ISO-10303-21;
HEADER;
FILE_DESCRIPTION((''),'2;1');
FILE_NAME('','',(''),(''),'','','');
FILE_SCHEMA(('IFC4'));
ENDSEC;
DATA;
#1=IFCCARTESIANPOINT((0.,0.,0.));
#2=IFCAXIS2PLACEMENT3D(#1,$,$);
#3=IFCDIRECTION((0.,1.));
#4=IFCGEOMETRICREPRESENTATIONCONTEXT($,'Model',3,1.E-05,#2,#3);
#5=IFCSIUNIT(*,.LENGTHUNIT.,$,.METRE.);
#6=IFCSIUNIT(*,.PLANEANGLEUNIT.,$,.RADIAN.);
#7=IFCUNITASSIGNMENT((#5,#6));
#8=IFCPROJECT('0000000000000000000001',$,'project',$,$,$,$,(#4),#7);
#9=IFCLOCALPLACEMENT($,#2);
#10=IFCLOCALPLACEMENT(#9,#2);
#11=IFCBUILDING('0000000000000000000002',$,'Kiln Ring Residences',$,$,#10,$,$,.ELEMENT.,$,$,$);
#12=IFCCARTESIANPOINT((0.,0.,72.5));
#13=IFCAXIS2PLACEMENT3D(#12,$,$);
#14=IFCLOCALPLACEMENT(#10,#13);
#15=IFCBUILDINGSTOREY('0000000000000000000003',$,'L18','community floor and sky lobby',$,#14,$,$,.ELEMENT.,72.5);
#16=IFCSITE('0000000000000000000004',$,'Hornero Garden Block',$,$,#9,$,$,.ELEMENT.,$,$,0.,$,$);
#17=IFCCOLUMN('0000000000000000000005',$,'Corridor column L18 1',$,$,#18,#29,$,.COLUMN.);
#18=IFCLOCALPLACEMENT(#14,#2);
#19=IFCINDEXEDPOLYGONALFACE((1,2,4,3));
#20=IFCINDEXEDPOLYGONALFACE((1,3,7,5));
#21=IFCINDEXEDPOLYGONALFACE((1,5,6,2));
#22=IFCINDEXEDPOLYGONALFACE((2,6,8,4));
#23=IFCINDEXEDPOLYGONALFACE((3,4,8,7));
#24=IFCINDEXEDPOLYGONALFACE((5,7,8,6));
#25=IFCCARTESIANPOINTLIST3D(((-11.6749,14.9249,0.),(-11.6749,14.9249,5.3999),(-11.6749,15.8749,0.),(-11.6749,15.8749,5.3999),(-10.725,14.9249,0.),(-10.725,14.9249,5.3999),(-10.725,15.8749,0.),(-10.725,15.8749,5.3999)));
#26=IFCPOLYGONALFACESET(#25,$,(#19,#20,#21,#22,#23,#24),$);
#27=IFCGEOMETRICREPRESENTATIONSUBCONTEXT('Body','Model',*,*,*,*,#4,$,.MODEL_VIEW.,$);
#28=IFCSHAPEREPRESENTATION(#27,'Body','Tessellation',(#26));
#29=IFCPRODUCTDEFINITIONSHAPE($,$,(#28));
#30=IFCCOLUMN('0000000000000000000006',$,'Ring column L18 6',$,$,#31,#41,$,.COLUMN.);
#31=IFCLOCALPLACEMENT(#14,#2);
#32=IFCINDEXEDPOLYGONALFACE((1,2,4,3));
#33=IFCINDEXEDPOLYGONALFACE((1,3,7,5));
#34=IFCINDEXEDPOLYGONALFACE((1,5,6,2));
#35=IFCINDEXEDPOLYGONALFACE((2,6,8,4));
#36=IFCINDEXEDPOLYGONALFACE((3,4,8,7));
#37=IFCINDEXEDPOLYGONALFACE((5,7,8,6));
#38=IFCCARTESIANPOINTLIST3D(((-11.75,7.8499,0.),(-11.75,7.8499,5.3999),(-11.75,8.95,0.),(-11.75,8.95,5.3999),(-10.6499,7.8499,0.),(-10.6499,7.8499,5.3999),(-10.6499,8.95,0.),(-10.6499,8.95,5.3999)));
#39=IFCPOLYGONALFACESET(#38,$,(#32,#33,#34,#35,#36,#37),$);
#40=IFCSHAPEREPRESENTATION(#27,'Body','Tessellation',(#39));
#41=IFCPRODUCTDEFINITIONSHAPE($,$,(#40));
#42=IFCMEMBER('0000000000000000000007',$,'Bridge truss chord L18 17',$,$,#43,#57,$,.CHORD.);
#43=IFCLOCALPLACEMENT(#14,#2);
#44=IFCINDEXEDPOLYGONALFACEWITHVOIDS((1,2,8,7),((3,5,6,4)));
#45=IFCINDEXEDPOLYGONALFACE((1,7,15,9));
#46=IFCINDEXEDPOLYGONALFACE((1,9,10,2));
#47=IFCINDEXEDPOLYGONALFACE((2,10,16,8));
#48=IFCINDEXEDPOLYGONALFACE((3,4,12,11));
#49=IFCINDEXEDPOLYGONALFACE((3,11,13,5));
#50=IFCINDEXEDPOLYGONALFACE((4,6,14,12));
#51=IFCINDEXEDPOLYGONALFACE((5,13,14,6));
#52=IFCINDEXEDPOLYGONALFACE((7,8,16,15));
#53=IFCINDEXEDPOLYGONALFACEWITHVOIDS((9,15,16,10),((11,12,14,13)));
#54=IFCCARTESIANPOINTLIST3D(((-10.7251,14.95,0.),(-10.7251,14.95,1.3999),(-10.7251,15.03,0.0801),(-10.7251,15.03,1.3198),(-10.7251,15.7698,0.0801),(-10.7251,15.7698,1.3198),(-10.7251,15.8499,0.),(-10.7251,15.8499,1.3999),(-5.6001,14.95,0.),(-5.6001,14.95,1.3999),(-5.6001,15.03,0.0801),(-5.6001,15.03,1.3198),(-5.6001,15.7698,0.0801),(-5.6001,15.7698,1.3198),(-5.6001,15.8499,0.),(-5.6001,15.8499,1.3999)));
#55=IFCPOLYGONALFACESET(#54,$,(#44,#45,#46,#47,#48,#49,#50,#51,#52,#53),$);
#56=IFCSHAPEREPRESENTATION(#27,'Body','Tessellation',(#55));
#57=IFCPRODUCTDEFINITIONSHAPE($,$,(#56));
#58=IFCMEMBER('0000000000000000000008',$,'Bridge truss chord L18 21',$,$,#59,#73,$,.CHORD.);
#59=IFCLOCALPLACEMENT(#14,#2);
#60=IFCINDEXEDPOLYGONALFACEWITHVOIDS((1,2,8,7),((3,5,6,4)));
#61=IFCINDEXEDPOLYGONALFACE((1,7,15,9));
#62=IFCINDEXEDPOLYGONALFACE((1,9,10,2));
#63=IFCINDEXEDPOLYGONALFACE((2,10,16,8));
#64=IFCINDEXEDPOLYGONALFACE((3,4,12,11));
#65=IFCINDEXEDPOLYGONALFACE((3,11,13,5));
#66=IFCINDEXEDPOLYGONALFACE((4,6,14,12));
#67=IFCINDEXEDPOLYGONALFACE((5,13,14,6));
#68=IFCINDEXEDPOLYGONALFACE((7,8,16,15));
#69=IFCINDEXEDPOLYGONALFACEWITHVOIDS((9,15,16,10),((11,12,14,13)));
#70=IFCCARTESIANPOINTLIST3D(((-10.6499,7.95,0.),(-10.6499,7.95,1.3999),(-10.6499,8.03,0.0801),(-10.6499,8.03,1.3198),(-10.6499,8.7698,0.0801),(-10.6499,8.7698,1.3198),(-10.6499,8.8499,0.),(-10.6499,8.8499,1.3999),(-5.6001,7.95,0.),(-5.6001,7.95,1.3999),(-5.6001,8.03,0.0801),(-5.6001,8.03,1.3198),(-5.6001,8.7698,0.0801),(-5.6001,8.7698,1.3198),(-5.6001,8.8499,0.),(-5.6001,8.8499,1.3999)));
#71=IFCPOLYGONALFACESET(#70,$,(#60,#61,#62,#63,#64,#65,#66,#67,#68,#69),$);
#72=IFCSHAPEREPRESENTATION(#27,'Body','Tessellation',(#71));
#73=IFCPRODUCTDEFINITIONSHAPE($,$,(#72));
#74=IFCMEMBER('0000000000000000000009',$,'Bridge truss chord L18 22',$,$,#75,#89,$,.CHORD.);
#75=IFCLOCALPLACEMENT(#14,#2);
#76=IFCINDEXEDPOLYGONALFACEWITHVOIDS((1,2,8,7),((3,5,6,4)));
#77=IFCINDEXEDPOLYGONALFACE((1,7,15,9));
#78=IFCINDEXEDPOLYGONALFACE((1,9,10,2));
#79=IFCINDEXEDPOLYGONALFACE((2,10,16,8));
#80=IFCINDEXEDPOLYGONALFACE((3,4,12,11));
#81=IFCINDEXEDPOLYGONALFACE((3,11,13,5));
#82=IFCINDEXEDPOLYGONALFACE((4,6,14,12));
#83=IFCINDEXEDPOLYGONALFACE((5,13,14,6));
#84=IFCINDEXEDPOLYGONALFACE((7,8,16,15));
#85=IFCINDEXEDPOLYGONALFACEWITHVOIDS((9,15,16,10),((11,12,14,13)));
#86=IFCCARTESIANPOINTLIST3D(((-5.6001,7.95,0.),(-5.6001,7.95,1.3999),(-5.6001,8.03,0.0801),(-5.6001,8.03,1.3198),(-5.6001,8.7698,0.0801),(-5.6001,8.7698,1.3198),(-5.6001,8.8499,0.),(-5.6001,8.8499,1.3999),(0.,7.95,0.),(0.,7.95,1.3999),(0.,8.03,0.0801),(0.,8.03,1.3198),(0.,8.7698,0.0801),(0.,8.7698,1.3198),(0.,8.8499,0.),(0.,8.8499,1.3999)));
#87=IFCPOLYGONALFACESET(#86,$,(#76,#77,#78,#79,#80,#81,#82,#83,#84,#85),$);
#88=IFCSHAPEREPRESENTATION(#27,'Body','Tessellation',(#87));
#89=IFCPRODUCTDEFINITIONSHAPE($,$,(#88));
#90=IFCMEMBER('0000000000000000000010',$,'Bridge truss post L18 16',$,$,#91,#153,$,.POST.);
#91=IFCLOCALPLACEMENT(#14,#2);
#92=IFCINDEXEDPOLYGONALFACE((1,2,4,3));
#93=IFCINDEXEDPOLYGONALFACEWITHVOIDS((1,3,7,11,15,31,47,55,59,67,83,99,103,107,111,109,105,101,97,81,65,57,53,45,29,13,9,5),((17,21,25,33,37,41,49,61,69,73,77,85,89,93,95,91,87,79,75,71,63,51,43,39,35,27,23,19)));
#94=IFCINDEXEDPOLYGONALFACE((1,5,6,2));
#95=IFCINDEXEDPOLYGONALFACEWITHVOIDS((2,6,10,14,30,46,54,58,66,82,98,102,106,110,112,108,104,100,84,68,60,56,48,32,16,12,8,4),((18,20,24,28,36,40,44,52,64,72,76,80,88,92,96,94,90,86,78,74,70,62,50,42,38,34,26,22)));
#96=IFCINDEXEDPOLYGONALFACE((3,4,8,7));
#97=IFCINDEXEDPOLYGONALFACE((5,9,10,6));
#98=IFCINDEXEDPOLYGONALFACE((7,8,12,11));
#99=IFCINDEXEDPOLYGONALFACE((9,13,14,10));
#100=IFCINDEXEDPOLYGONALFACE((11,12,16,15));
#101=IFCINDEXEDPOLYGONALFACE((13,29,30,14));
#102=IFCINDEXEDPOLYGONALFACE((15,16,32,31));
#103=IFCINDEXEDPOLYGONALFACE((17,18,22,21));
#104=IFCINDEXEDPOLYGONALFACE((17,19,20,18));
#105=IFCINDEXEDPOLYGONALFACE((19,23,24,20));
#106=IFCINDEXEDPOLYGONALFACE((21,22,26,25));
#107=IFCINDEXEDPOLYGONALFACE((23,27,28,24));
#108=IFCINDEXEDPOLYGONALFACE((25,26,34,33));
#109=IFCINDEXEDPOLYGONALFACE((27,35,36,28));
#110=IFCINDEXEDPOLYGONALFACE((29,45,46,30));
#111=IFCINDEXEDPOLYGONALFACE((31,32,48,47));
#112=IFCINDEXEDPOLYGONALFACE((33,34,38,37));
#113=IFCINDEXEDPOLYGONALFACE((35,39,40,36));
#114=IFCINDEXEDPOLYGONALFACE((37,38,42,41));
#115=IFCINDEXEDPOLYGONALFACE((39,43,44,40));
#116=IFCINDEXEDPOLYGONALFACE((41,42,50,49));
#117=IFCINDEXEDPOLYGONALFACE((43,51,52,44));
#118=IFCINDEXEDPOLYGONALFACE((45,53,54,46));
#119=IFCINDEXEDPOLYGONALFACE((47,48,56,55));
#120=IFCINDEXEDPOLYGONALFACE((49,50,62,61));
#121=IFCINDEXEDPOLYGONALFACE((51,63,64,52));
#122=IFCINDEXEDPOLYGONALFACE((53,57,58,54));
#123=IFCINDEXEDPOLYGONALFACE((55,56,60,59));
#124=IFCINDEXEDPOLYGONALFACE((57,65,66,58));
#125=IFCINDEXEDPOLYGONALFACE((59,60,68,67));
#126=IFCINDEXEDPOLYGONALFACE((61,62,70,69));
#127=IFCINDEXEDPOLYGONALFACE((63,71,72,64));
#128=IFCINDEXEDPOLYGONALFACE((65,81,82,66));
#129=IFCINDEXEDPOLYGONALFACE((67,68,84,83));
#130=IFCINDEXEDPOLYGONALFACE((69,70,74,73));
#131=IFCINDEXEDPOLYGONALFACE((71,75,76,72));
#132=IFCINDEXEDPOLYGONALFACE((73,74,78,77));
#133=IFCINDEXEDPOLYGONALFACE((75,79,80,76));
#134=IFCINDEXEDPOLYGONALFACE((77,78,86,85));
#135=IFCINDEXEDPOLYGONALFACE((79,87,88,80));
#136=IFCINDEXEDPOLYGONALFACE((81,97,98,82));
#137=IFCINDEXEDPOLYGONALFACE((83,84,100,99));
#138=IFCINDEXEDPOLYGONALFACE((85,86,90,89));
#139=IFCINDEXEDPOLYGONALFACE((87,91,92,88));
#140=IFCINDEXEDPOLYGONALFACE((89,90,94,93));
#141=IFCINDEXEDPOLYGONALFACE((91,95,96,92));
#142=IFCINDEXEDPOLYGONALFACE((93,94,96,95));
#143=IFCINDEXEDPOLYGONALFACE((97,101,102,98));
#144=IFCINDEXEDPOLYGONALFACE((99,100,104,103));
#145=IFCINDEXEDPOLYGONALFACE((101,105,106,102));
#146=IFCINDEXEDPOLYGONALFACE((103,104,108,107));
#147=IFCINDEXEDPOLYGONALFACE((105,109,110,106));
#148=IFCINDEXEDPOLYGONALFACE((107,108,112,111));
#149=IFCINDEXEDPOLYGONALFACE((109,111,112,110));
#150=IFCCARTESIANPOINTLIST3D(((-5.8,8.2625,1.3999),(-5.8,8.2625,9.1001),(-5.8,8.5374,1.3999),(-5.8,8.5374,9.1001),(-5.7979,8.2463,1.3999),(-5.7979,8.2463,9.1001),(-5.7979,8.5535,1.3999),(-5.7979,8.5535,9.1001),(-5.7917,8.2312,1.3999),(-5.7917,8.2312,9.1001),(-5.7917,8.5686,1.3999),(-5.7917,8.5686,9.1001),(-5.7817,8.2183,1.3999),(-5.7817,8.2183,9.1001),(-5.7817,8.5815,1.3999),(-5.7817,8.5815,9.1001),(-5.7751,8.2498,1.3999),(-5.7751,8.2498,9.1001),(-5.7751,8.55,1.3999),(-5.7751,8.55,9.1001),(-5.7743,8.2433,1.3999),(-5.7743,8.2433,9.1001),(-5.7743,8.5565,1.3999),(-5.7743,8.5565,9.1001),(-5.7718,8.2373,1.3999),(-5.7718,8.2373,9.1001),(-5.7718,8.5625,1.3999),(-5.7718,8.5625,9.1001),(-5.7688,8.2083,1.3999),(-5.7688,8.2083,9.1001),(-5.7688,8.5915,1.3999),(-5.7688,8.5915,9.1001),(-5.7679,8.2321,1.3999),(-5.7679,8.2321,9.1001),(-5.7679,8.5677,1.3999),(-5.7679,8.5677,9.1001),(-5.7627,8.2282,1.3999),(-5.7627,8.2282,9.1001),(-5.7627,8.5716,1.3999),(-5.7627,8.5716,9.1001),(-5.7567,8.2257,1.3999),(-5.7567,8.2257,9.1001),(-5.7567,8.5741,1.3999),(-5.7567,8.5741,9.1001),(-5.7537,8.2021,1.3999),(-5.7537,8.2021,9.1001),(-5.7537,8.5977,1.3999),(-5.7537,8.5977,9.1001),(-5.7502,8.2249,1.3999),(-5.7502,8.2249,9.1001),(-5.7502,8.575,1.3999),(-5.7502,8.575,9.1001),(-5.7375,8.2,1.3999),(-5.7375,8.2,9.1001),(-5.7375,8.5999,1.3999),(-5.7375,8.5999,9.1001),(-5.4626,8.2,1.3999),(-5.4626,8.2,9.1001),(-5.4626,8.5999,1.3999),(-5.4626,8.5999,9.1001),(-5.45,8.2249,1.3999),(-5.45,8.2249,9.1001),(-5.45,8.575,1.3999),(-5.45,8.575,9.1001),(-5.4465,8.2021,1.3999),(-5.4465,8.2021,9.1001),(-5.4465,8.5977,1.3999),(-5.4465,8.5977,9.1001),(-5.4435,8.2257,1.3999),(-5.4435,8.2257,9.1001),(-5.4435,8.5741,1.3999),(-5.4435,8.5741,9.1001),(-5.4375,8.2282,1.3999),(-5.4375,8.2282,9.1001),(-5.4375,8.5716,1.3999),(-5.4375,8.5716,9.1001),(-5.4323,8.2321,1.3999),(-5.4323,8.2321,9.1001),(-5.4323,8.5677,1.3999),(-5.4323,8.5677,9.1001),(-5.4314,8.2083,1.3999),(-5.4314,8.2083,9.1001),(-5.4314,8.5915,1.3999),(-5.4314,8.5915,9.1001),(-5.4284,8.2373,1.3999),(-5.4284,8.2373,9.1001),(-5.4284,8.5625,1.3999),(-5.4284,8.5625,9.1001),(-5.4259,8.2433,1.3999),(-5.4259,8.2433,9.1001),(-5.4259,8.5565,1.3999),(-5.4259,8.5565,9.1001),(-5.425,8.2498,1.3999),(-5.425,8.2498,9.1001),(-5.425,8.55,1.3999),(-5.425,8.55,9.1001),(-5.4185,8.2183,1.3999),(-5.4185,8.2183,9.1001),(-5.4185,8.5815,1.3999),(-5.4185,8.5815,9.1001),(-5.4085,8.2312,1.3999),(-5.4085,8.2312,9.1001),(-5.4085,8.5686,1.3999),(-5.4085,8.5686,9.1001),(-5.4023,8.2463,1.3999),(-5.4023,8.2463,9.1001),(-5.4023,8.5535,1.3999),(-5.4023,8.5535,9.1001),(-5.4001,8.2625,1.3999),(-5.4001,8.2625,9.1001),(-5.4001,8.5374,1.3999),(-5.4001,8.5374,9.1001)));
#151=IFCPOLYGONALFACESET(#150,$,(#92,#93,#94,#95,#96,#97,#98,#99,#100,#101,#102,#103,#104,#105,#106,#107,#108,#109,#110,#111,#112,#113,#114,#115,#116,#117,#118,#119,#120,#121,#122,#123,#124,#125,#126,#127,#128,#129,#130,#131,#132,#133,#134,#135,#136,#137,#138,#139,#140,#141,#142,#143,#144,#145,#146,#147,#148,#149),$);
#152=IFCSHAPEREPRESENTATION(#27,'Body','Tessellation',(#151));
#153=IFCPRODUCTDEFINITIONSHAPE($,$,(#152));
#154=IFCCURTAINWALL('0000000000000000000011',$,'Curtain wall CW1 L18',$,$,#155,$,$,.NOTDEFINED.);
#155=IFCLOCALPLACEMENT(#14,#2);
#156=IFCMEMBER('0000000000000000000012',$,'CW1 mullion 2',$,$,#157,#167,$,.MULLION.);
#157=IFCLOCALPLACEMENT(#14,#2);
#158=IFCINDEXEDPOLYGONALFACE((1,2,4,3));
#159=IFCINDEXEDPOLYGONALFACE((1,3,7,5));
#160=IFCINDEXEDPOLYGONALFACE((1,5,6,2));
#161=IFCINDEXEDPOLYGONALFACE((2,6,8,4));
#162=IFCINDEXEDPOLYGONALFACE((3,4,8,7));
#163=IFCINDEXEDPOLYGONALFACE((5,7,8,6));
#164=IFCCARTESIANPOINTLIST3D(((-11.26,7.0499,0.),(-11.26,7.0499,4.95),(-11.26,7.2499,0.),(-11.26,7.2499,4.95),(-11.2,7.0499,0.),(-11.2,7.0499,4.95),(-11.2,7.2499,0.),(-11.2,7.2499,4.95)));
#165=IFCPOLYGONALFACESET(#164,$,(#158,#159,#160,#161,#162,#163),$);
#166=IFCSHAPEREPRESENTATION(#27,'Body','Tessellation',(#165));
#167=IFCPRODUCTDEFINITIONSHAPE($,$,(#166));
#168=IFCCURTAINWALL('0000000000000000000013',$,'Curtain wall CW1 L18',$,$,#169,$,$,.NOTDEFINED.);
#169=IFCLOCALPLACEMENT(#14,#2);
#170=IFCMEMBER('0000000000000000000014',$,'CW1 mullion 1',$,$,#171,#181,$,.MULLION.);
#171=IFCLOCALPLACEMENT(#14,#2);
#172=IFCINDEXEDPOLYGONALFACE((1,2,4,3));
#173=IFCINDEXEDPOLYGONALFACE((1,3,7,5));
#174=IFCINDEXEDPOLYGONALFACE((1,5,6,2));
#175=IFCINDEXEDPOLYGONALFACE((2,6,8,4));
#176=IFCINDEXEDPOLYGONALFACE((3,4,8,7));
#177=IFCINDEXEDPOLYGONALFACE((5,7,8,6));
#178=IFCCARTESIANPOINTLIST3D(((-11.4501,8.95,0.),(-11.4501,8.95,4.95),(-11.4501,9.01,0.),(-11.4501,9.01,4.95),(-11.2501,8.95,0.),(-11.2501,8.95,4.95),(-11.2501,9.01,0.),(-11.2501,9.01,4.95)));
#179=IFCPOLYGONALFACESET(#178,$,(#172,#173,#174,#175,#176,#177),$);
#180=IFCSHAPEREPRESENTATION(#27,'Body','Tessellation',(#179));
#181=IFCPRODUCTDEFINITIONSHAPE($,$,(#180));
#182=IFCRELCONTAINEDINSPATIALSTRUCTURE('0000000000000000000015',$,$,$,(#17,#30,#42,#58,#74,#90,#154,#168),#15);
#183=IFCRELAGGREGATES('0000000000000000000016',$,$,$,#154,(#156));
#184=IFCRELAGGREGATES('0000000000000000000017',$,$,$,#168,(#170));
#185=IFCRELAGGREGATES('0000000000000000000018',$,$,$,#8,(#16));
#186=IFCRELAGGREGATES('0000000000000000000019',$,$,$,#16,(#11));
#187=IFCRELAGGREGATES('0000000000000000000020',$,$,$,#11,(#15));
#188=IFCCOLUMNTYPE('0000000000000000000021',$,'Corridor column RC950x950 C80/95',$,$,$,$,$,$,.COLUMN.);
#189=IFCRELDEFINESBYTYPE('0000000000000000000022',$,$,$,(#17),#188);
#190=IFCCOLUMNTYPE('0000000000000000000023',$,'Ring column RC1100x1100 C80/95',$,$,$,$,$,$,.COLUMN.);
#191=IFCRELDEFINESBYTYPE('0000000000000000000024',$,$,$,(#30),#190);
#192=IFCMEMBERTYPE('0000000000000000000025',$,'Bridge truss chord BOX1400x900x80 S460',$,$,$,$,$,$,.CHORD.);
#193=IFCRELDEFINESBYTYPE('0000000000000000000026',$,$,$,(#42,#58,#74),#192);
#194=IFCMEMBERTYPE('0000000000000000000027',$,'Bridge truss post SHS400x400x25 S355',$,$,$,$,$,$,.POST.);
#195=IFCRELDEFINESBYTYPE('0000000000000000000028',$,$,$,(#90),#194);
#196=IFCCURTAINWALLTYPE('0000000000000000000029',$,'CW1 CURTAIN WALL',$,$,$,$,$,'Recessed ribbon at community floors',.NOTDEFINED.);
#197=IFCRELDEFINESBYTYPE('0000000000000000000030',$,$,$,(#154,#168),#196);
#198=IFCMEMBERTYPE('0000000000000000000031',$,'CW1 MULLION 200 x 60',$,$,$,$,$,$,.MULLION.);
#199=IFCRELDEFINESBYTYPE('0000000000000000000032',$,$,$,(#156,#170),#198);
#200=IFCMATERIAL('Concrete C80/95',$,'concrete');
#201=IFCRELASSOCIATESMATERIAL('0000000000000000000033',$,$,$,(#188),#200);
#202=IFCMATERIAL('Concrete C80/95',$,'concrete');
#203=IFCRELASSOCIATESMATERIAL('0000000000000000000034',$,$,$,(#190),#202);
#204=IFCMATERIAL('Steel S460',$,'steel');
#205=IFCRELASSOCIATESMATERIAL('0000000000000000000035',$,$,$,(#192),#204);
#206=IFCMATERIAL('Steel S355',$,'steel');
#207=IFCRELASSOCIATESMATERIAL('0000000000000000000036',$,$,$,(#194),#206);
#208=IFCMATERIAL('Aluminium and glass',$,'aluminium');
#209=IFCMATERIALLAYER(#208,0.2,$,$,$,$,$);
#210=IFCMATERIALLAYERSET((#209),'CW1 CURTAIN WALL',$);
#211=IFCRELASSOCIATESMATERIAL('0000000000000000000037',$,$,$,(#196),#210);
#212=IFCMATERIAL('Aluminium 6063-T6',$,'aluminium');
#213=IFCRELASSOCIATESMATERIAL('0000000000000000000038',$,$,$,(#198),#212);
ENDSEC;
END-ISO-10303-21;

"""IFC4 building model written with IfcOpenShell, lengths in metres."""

from ifc_helpers import new_model, si_unit, direction, frame, origin, origin_2d, place, context, subcontext, project, spatial, rectangle, hollow_rectangle, extrude, material, layer, layer_set, material_profile, profile_set, type_object, element, aggregate, save


model = new_model("IFC4")

# Units and contexts
model_context = context("Model", 3, precision=1e-05, world=origin(), true_north=direction((0.0, 1.0)))
body_context = subcontext(model_context, "Body", "Model", "MODEL_VIEW")
ifc_project = project(units=[si_unit("LENGTHUNIT", "METRE"), si_unit("PLANEANGLEUNIT", "RADIAN")], contexts=[model_context])

# Site, building, storey
site_placement = place(None, origin())
site = spatial("IfcSite", under=ifc_project, at=site_placement, Name="Hornero Garden Block", CompositionType="ELEMENT", RefElevation=0.0)
building_placement = place(site_placement, origin())
building = spatial("IfcBuilding", under=site, at=building_placement, Name="Kiln Ring Residences", CompositionType="ELEMENT")
storey_placement = place(building_placement, frame((0.0, 0.0, 72.5)))
storey = spatial("IfcBuildingStorey", under=building, at=storey_placement, Name="L18", Description="community floor and sky lobby", CompositionType="ELEMENT", Elevation=72.5)

# Columns
ifc_material_1 = material(Name="Concrete C80/95", Category="concrete")
ifc_material_profile_1 = material_profile(ifc_material_1, rectangle(XDim=0.95, YDim=0.95, at=origin_2d()), Name="RC950x950")
ifc_profile_set_1 = profile_set([ifc_material_profile_1], Name="Concrete C80/95")
column_type_1 = type_object("IfcColumnType", Name="Corridor column RC950x950 C80/95", PredefinedType="COLUMN", material=ifc_profile_set_1)
column_1_placement = place(storey_placement, frame((-11.2, 15.3999, 0.0), z_axis=(0.0, 0.0, 1.0), x_axis=(1.0, 0.0, 0.0)))
element("IfcColumn", 1, at=column_1_placement, inside=storey, type_object=column_type_1, Name="Corridor column L18 1", PredefinedType="COLUMN", context=body_context, shape_type="SweptSolid", body=[
    extrude(rectangle(XDim=0.95, YDim=0.95, at=origin_2d()), origin(), (0.0, 0.0, 1.0), 5.3999),
])
ifc_material_2 = material(Name="Concrete C80/95", Category="concrete")
ifc_material_profile_2 = material_profile(ifc_material_2, rectangle(XDim=1.1001, YDim=1.1001, at=origin_2d()), Name="RC1100x1100")
ifc_profile_set_2 = profile_set([ifc_material_profile_2], Name="Concrete C80/95")
column_type_2 = type_object("IfcColumnType", Name="Ring column RC1100x1100 C80/95", PredefinedType="COLUMN", material=ifc_profile_set_2)
column_2_placement = place(storey_placement, frame((-11.2, 8.3999, 0.0), z_axis=(0.0, 0.0, 1.0), x_axis=(1.0, 0.0, 0.0)))
element("IfcColumn", 2, at=column_2_placement, inside=storey, type_object=column_type_2, Name="Ring column L18 6", PredefinedType="COLUMN", context=body_context, shape_type="SweptSolid", body=[
    extrude(rectangle(XDim=1.1001, YDim=1.1001, at=origin_2d()), origin(), (0.0, 0.0, 1.0), 5.3999),
])

# Members
ifc_material_3 = material(Name="Steel S460", Category="steel")
ifc_material_profile_3 = material_profile(ifc_material_3, hollow_rectangle(XDim=0.8999, YDim=1.3999, WallThickness=0.0801, at=origin_2d()), Name="BOX1400x900x80")
ifc_profile_set_3 = profile_set([ifc_material_profile_3], Name="Steel S460")
member_type_1 = type_object("IfcMemberType", Name="Bridge truss chord BOX1400x900x80 S460", PredefinedType="CHORD", material=ifc_profile_set_3)
member_1_placement = place(storey_placement, frame((-10.7251, 15.3999, 0.7), z_axis=(1.0, 0.0, 0.0), x_axis=(0.0, 1.0, 0.0)))
element("IfcMember", 3, at=member_1_placement, inside=storey, type_object=member_type_1, Name="Bridge truss chord L18 17", PredefinedType="CHORD", context=body_context, shape_type="SweptSolid", body=[
    extrude(hollow_rectangle(XDim=0.8999, YDim=1.3999, WallThickness=0.0801, at=origin_2d()), origin(), (0.0, 0.0, 1.0), 5.125),
])
member_2_placement = place(storey_placement, frame((-10.6499, 8.3999, 0.7), z_axis=(1.0, 0.0, 0.0), x_axis=(0.0, 1.0, 0.0)))
element("IfcMember", 4, at=member_2_placement, inside=storey, type_object=member_type_1, Name="Bridge truss chord L18 21", PredefinedType="CHORD", context=body_context, shape_type="SweptSolid", body=[
    extrude(hollow_rectangle(XDim=0.8999, YDim=1.3999, WallThickness=0.0801, at=origin_2d()), origin(), (0.0, 0.0, 1.0), 5.0498),
])
member_3_placement = place(storey_placement, frame((-5.6001, 8.3999, 0.7), z_axis=(1.0, 0.0, 0.0), x_axis=(0.0, 1.0, 0.0)))
element("IfcMember", 5, at=member_3_placement, inside=storey, type_object=member_type_1, Name="Bridge truss chord L18 22", PredefinedType="CHORD", context=body_context, shape_type="SweptSolid", body=[
    extrude(hollow_rectangle(XDim=0.8999, YDim=1.3999, WallThickness=0.0801, at=origin_2d()), origin(), (0.0, 0.0, 1.0), 5.6001),
])
ifc_material_4 = material(Name="Steel S355", Category="steel")
ifc_material_profile_4 = material_profile(ifc_material_4, hollow_rectangle(XDim=0.3999, YDim=0.3999, WallThickness=0.0249, InnerFilletRadius=0.0249, OuterFilletRadius=0.0625, at=origin_2d()), Name="SHS400x400x25")
ifc_profile_set_4 = profile_set([ifc_material_profile_4], Name="Steel S355")
member_type_2 = type_object("IfcMemberType", Name="Bridge truss post SHS400x400x25 S355", PredefinedType="POST", material=ifc_profile_set_4)
member_4_placement = place(storey_placement, frame((-5.6001, 8.3999, 1.3999), z_axis=(0.0, 0.0, 1.0), x_axis=(1.0, 0.0, 0.0)))
element("IfcMember", 6, at=member_4_placement, inside=storey, type_object=member_type_2, Name="Bridge truss post L18 16", PredefinedType="POST", context=body_context, shape_type="SweptSolid", body=[
    extrude(hollow_rectangle(XDim=0.3999, YDim=0.3999, WallThickness=0.0249, InnerFilletRadius=0.0249, OuterFilletRadius=0.0625, at=origin_2d()), origin(), (0.0, 0.0, 1.0), 7.7002),
])

# Curtain wall, member
ifc_material_5 = material(Name="Aluminium and glass", Category="aluminium")
ifc_layer_1 = layer(ifc_material_5, 0.2)
ifc_layer_set_1 = layer_set([ifc_layer_1], Name="CW1 CURTAIN WALL")
curtain_wall_type = type_object("IfcCurtainWallType", Name="CW1 CURTAIN WALL", ElementType="Recessed ribbon at community floors", PredefinedType="NOTDEFINED", material=ifc_layer_set_1)
placement_1 = place(storey_placement, origin())
curtain_wall_1 = element("IfcCurtainWall", 7, at=placement_1, inside=storey, type_object=curtain_wall_type, Name="Curtain wall CW1 L18", PredefinedType="NOTDEFINED")
ifc_material_6 = material(Name="Aluminium 6063-T6", Category="aluminium")
ifc_material_profile_5 = material_profile(ifc_material_6, rectangle(XDim=0.2, YDim=0.0601, at=origin_2d()), Name="AL 200x60")
ifc_profile_set_5 = profile_set([ifc_material_profile_5], Name="Aluminium 6063-T6")
member_type_3 = type_object("IfcMemberType", Name="CW1 MULLION 200 x 60", PredefinedType="MULLION", material=ifc_profile_set_5)
member_5_placement = place(storey_placement, frame((-11.23, 7.1499, 0.0), z_axis=(0.0, 0.0, 1.0), x_axis=(0.0, 1.0, 0.0)))
member_5 = element("IfcMember", 8, at=member_5_placement, type_object=member_type_3, Name="CW1 mullion 2", PredefinedType="MULLION", context=body_context, shape_type="SweptSolid", body=[
    extrude(rectangle(XDim=0.2, YDim=0.0601, at=origin_2d()), origin(), (0.0, 0.0, 1.0), 4.95),
])

# Curtain wall, member
curtain_wall_2 = element("IfcCurtainWall", 9, at=placement_1, inside=storey, type_object=curtain_wall_type, Name="Curtain wall CW1 L18", PredefinedType="NOTDEFINED")
member_6_placement = place(storey_placement, frame((-11.3501, 8.98, 0.0), z_axis=(0.0, 0.0, 1.0), x_axis=(-1.0, 0.0, 0.0)))
member_6 = element("IfcMember", 10, at=member_6_placement, type_object=member_type_3, Name="CW1 mullion 1", PredefinedType="MULLION", context=body_context, shape_type="SweptSolid", body=[
    extrude(rectangle(XDim=0.2, YDim=0.0601, at=origin_2d()), origin(), (0.0, 0.0, 1.0), 4.95),
])

aggregate(curtain_wall_1, [member_5])
aggregate(curtain_wall_2, [member_6])

save(model, "model.ifc")
